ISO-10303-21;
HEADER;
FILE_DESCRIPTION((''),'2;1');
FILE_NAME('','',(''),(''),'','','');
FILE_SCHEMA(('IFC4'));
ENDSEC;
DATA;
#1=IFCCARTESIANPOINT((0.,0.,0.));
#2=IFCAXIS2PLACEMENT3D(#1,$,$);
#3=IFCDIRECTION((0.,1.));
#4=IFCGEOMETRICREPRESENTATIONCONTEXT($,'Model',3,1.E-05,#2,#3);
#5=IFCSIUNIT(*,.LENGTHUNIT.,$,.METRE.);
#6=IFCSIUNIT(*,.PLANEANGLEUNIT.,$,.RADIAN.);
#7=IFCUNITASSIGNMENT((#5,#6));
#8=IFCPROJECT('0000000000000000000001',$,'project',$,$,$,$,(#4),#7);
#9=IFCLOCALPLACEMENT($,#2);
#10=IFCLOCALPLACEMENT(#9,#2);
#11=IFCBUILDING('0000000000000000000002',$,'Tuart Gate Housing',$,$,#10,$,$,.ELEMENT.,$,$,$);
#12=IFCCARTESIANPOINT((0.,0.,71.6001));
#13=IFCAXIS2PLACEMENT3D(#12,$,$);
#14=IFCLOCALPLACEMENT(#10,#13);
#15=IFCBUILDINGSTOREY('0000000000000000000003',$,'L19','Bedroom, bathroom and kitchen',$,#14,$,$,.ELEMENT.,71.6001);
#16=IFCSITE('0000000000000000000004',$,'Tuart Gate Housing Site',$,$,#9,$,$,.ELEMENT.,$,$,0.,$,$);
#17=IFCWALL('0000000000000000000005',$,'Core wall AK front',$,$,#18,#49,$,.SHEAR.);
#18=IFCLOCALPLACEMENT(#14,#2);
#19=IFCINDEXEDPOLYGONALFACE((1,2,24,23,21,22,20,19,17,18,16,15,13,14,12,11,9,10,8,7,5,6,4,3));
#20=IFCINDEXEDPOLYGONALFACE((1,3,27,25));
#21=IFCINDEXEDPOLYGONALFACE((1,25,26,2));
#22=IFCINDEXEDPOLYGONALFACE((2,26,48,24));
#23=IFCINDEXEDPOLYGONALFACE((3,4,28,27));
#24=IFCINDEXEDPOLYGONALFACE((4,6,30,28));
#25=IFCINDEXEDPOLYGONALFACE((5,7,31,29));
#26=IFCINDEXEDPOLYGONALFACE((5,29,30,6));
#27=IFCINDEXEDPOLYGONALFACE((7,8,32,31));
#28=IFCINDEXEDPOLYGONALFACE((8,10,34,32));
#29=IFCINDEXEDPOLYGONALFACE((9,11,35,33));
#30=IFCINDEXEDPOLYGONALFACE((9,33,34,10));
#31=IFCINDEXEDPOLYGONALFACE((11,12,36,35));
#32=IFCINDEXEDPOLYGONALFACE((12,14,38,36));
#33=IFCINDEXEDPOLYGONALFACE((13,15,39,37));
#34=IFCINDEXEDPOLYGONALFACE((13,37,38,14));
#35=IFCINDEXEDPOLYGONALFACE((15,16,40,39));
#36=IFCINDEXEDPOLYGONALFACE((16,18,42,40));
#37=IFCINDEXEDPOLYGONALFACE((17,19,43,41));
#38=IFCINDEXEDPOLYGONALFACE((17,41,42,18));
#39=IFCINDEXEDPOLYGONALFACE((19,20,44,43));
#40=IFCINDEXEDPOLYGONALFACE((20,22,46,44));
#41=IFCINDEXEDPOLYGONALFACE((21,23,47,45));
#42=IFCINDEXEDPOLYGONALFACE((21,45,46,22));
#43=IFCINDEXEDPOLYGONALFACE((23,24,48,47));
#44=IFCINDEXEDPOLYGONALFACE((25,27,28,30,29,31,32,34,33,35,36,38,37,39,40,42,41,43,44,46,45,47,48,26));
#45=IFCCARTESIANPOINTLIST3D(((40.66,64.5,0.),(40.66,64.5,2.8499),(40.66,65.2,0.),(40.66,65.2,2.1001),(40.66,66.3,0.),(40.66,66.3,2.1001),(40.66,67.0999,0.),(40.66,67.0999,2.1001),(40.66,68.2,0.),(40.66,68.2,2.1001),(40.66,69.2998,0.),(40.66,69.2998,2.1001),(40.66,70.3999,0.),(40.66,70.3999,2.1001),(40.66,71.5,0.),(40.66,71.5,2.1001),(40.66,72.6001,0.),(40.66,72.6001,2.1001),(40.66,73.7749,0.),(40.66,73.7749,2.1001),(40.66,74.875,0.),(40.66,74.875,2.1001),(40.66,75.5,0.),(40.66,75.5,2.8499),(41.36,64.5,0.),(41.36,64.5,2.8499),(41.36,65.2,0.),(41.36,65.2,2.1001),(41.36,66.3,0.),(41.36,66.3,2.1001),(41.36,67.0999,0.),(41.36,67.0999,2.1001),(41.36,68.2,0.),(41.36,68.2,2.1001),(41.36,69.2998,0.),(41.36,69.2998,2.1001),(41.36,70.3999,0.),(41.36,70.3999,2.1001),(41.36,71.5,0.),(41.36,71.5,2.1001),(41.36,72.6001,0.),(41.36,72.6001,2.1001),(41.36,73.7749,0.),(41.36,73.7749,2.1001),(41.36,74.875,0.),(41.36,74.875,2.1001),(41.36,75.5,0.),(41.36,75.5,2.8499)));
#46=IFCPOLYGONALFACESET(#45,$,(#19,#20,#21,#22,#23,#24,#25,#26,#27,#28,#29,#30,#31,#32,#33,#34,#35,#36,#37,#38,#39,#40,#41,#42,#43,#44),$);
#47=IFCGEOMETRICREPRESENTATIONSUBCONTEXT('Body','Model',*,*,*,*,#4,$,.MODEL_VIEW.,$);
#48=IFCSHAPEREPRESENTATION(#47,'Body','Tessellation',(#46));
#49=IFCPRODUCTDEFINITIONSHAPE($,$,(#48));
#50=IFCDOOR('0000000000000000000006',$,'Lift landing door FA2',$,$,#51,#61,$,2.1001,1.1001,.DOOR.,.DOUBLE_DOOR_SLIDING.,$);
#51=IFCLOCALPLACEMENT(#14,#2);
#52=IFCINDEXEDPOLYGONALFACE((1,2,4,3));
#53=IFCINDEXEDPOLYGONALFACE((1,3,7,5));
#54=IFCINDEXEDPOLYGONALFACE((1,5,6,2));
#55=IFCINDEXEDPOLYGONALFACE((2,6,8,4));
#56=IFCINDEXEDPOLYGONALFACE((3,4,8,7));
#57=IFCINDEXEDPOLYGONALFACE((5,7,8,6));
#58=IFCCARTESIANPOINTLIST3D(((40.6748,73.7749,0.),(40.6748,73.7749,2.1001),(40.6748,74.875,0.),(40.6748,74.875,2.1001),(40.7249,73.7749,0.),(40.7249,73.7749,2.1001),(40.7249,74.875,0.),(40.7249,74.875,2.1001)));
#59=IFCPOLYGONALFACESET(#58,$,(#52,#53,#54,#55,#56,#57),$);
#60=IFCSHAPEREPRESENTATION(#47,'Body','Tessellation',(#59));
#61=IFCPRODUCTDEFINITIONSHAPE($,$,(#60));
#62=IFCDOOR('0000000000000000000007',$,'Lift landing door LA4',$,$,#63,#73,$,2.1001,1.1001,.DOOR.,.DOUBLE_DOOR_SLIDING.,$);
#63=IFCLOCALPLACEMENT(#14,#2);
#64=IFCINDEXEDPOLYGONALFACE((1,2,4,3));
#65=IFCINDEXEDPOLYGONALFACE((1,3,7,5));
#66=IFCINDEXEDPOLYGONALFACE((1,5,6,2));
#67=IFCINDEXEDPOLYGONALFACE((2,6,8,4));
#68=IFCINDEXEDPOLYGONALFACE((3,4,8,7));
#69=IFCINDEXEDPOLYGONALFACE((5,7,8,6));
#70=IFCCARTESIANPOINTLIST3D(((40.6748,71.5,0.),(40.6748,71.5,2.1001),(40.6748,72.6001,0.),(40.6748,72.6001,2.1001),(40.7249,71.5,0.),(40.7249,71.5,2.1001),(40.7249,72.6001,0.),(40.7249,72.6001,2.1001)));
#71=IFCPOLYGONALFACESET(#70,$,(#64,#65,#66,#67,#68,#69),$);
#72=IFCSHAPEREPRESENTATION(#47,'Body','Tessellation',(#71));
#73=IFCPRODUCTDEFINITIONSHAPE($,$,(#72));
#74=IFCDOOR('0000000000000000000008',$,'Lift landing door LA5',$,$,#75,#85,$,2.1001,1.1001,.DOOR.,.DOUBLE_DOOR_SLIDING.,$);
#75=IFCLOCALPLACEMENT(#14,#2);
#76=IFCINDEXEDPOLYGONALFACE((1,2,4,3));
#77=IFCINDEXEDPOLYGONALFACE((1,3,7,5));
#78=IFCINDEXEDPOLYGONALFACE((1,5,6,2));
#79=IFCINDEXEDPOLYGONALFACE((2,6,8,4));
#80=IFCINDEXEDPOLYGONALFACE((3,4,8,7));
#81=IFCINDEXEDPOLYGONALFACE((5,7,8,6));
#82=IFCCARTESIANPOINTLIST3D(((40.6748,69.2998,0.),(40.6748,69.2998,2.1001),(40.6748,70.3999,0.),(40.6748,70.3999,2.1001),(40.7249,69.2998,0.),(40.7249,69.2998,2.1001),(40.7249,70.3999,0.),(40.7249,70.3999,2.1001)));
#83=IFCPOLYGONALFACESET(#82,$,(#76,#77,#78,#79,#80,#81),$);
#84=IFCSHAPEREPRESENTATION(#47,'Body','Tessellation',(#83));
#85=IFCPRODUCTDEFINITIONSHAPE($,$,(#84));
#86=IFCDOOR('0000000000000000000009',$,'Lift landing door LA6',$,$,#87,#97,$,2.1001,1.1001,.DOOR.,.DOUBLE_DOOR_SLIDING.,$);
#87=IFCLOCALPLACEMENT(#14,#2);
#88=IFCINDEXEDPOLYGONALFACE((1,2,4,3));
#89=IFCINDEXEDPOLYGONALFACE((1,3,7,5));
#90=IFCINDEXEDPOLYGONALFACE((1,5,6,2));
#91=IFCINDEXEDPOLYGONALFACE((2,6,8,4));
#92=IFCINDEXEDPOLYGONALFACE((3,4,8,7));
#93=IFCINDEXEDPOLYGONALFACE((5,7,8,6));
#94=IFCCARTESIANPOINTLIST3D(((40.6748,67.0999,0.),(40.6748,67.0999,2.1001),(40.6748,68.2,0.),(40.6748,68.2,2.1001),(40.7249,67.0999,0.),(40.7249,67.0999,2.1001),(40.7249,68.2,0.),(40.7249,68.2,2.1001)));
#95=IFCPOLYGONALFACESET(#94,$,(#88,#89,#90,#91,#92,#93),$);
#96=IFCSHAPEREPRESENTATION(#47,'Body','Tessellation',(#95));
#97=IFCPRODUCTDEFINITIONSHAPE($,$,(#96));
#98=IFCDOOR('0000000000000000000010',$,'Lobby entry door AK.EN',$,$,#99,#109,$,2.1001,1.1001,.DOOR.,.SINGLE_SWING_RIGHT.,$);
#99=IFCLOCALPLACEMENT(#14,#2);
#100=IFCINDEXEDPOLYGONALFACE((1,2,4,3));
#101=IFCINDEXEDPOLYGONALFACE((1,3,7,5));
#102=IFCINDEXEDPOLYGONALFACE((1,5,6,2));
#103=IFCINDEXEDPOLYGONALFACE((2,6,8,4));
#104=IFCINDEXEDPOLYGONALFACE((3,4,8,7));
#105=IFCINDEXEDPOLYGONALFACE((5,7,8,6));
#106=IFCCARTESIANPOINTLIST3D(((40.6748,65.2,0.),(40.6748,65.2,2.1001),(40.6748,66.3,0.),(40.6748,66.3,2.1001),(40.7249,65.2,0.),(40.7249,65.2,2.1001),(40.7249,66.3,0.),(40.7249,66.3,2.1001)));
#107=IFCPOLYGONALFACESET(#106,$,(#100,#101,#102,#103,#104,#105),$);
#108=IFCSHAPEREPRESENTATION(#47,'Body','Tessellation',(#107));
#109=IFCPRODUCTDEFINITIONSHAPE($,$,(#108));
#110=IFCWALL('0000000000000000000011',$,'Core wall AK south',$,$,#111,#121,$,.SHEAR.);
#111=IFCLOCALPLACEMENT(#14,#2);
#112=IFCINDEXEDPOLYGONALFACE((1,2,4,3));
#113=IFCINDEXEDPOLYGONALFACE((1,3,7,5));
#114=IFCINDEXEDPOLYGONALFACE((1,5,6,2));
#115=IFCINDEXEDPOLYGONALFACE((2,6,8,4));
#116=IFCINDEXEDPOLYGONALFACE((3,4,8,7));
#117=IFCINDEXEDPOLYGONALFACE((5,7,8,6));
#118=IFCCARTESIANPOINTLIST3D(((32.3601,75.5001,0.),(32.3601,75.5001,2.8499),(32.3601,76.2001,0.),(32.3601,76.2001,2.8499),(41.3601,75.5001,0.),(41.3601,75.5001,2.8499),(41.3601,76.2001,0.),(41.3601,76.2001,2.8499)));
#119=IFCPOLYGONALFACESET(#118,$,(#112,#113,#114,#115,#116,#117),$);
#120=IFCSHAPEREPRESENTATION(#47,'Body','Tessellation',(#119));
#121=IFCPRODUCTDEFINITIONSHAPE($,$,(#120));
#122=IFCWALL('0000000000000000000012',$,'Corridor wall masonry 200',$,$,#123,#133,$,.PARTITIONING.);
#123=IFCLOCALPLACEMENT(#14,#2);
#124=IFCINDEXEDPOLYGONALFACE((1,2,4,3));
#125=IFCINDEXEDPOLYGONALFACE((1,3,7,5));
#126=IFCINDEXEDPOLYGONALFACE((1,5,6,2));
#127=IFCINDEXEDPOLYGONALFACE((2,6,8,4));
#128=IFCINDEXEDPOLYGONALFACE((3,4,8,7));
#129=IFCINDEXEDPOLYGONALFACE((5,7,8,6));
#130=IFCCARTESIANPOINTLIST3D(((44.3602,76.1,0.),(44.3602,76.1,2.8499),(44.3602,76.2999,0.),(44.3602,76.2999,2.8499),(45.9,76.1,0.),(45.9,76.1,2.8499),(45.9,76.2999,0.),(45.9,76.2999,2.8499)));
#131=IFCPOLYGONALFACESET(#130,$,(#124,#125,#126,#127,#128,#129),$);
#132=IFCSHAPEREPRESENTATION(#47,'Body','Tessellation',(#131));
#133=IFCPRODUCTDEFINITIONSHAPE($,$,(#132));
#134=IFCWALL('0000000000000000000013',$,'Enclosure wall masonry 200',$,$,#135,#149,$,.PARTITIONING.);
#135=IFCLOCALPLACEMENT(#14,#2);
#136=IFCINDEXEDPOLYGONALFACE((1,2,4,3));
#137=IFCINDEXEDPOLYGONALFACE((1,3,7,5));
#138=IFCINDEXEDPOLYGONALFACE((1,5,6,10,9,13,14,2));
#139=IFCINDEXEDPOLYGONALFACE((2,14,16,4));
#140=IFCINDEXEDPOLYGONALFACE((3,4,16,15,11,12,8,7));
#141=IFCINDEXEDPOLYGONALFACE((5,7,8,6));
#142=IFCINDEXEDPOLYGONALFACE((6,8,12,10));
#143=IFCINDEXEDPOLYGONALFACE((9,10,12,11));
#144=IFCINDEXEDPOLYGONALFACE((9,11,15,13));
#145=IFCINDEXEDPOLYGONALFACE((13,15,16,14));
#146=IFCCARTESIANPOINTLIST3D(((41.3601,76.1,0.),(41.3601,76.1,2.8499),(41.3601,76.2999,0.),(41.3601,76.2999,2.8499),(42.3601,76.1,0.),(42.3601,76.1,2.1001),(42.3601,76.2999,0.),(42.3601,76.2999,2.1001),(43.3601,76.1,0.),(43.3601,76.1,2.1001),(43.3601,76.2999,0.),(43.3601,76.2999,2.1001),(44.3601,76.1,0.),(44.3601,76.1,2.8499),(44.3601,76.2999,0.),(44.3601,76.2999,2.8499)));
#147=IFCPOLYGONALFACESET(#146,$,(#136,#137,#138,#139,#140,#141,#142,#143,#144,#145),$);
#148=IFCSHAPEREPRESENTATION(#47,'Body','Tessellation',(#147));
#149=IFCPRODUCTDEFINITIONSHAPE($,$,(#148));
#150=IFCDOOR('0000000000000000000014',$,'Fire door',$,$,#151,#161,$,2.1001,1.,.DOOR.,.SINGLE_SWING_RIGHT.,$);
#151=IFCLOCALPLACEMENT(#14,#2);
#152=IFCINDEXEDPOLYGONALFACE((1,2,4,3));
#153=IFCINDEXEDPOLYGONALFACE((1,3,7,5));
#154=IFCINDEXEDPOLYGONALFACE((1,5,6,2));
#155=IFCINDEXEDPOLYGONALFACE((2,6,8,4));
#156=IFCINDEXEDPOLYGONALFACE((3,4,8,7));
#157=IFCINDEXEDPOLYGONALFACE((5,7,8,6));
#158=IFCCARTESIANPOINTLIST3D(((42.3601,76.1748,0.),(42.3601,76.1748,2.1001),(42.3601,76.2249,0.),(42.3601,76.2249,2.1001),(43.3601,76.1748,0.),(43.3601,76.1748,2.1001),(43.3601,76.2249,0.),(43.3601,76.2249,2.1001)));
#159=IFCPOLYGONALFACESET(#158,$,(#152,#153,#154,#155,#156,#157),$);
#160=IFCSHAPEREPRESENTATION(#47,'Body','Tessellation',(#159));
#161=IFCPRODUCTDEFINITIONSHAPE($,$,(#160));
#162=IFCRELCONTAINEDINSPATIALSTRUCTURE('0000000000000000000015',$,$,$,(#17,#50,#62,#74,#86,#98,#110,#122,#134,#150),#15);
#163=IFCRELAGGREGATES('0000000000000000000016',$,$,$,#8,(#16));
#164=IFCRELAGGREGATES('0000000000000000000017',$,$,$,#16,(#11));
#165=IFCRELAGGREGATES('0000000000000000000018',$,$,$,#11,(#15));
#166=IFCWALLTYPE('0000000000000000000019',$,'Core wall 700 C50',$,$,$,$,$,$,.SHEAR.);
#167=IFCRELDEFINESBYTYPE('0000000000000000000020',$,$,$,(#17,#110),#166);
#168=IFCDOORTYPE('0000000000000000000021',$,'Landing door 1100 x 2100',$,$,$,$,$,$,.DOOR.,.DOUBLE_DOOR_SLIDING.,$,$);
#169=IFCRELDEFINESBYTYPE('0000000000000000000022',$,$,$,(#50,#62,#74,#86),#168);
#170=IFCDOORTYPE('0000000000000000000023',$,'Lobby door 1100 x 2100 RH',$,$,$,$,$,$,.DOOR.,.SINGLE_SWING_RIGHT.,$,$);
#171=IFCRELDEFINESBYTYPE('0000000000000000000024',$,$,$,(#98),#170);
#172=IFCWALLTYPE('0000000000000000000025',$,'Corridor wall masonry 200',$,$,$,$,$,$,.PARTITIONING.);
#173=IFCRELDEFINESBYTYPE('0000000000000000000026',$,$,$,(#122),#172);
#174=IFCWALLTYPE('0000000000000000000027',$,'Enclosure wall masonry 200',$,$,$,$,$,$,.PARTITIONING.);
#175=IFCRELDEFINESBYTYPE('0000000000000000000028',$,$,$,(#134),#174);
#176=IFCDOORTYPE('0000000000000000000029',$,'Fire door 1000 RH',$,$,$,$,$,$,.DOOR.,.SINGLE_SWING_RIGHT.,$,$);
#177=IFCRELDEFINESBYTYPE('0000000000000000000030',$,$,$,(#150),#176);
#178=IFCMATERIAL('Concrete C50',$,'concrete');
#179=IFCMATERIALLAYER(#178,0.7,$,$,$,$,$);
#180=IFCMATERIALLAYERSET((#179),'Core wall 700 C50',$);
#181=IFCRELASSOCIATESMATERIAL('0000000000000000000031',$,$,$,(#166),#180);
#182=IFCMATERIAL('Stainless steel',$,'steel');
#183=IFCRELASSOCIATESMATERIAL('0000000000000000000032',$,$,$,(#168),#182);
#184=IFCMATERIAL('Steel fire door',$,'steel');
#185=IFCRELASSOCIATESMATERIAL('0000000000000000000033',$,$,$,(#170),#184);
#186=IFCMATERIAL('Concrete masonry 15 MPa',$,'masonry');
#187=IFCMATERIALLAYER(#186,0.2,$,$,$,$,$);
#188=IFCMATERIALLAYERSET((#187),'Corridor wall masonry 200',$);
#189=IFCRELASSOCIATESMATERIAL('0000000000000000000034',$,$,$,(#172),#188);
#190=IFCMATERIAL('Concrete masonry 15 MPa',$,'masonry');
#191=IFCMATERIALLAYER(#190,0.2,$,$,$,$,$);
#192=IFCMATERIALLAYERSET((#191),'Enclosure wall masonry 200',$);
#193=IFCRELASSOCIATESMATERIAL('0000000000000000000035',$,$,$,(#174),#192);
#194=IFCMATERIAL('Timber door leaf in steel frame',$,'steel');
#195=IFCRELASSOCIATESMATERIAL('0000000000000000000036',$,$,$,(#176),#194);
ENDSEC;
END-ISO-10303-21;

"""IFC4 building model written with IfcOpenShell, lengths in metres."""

from ifc_helpers import new_model, si_unit, direction, frame, frame_2d, origin, place, context, subcontext, project, spatial, rectangle, extrude, material, layer, layer_set, type_object, element, fill, save


model = new_model("IFC4")

# Units and contexts
model_context = context("Model", 3, precision=1e-05, world=origin(), true_north=direction((0.0, 1.0)))
body_context = subcontext(model_context, "Body", "Model", "MODEL_VIEW")
ifc_project = project(units=[si_unit("LENGTHUNIT", "METRE"), si_unit("PLANEANGLEUNIT", "RADIAN")], contexts=[model_context])

# Site, building, storey
site_placement = place(None, origin())
site = spatial("IfcSite", under=ifc_project, at=site_placement, Name="Tuart Gate Housing Site", CompositionType="ELEMENT", RefElevation=0.0)
building_placement = place(site_placement, origin())
building = spatial("IfcBuilding", under=site, at=building_placement, Name="Tuart Gate Housing", CompositionType="ELEMENT")
storey_placement = place(building_placement, frame((0.0, 0.0, 71.6001)))
storey = spatial("IfcBuildingStorey", under=building, at=storey_placement, Name="L19", Description="Bedroom, bathroom and kitchen", CompositionType="ELEMENT", Elevation=71.6001)

# Wall, openings, doors
ifc_material_1 = material(Name="Concrete C50", Category="concrete")
ifc_layer_1 = layer(ifc_material_1, 0.7)
ifc_layer_set_1 = layer_set([ifc_layer_1], Name="Core wall 700 C50")
wall_type_1 = type_object("IfcWallType", Name="Core wall 700 C50", PredefinedType="SHEAR", material=ifc_layer_set_1)
wall_1_placement = place(storey_placement, frame((41.01, 75.5, 0.0), z_axis=(0.0, 0.0, 1.0), x_axis=(0.0, -1.0, 0.0)))
wall_1 = element("IfcWall", 1, at=wall_1_placement, inside=storey, type_object=wall_type_1, Name="Core wall AK front", PredefinedType="SHEAR", context=body_context, shape_type="SweptSolid", body=[
    extrude(rectangle(XDim=11.0, YDim=0.7, at=frame_2d((5.5, 0.0))), origin(), (0.0, 0.0, 1.0), 2.8499),
])
opening_1_placement = place(wall_1_placement, frame((0.625, 0.0, 0.0)))
opening_1 = element("IfcOpeningElement", 2, at=opening_1_placement, cuts=wall_1, PredefinedType="OPENING", context=body_context, shape_type="SweptSolid", body=[
    extrude(rectangle(XDim=1.1001, YDim=2.1001, at=frame_2d((0.55, 1.05))), frame((0.0, 0.3599, 0.0), z_axis=(0.0, -1.0, 0.0), x_axis=(1.0, 0.0, 0.0)), (0.0, 0.0, 1.0), 0.72),
])
opening_2_placement = place(wall_1_placement, frame((2.8999, 0.0, 0.0)))
opening_2 = element("IfcOpeningElement", 3, at=opening_2_placement, cuts=wall_1, PredefinedType="OPENING", context=body_context, shape_type="SweptSolid", body=[
    extrude(rectangle(XDim=1.1001, YDim=2.1001, at=frame_2d((0.55, 1.05))), frame((0.0, 0.3599, 0.0), z_axis=(0.0, -1.0, 0.0), x_axis=(1.0, 0.0, 0.0)), (0.0, 0.0, 1.0), 0.72),
])
opening_3_placement = place(wall_1_placement, frame((5.1001, 0.0, 0.0)))
opening_3 = element("IfcOpeningElement", 4, at=opening_3_placement, cuts=wall_1, PredefinedType="OPENING", context=body_context, shape_type="SweptSolid", body=[
    extrude(rectangle(XDim=1.1001, YDim=2.1001, at=frame_2d((0.55, 1.05))), frame((0.0, 0.3599, 0.0), z_axis=(0.0, -1.0, 0.0), x_axis=(1.0, 0.0, 0.0)), (0.0, 0.0, 1.0), 0.72),
])
opening_4_placement = place(wall_1_placement, frame((7.3, 0.0, 0.0)))
opening_4 = element("IfcOpeningElement", 5, at=opening_4_placement, cuts=wall_1, PredefinedType="OPENING", context=body_context, shape_type="SweptSolid", body=[
    extrude(rectangle(XDim=1.1001, YDim=2.1001, at=frame_2d((0.55, 1.05))), frame((0.0, 0.3599, 0.0), z_axis=(0.0, -1.0, 0.0), x_axis=(1.0, 0.0, 0.0)), (0.0, 0.0, 1.0), 0.72),
])
opening_5_placement = place(wall_1_placement, frame((9.2, 0.0, 0.0)))
opening_5 = element("IfcOpeningElement", 6, at=opening_5_placement, cuts=wall_1, PredefinedType="OPENING", context=body_context, shape_type="SweptSolid", body=[
    extrude(rectangle(XDim=1.1001, YDim=2.1001, at=frame_2d((0.55, 1.05))), frame((0.0, 0.3599, 0.0), z_axis=(0.0, -1.0, 0.0), x_axis=(1.0, 0.0, 0.0)), (0.0, 0.0, 1.0), 0.72),
])
ifc_material_2 = material(Name="Stainless steel", Category="steel")
door_type_1 = type_object("IfcDoorType", Name="Landing door 1100 x 2100", OperationType="DOUBLE_DOOR_SLIDING", PredefinedType="DOOR", material=ifc_material_2)
door_1_placement = place(opening_1_placement, origin())
door_1 = element("IfcDoor", 7, at=door_1_placement, inside=storey, type_object=door_type_1, Name="Lift landing door FA2", OperationType="DOUBLE_DOOR_SLIDING", OverallHeight=2.1001, OverallWidth=1.1001, PredefinedType="DOOR", context=body_context, shape_type="SweptSolid", body=[
    extrude(rectangle(XDim=1.1001, YDim=2.1001, at=frame_2d((0.55, 1.05))), frame((0.0, -0.2852, 0.0), z_axis=(0.0, -1.0, 0.0), x_axis=(1.0, 0.0, 0.0)), (0.0, 0.0, 1.0), 0.05),
])
fill(opening_1, door_1)
door_2_placement = place(opening_2_placement, origin())
door_2 = element("IfcDoor", 8, at=door_2_placement, inside=storey, type_object=door_type_1, Name="Lift landing door LA4", OperationType="DOUBLE_DOOR_SLIDING", OverallHeight=2.1001, OverallWidth=1.1001, PredefinedType="DOOR", context=body_context, shape_type="SweptSolid", body=[
    extrude(rectangle(XDim=1.1001, YDim=2.1001, at=frame_2d((0.55, 1.05))), frame((0.0, -0.2852, 0.0), z_axis=(0.0, -1.0, 0.0), x_axis=(1.0, 0.0, 0.0)), (0.0, 0.0, 1.0), 0.05),
])
fill(opening_2, door_2)
door_3_placement = place(opening_3_placement, origin())
door_3 = element("IfcDoor", 9, at=door_3_placement, inside=storey, type_object=door_type_1, Name="Lift landing door LA5", OperationType="DOUBLE_DOOR_SLIDING", OverallHeight=2.1001, OverallWidth=1.1001, PredefinedType="DOOR", context=body_context, shape_type="SweptSolid", body=[
    extrude(rectangle(XDim=1.1001, YDim=2.1001, at=frame_2d((0.55, 1.05))), frame((0.0, -0.2852, 0.0), z_axis=(0.0, -1.0, 0.0), x_axis=(1.0, 0.0, 0.0)), (0.0, 0.0, 1.0), 0.05),
])
fill(opening_3, door_3)
door_4_placement = place(opening_4_placement, origin())
door_4 = element("IfcDoor", 10, at=door_4_placement, inside=storey, type_object=door_type_1, Name="Lift landing door LA6", OperationType="DOUBLE_DOOR_SLIDING", OverallHeight=2.1001, OverallWidth=1.1001, PredefinedType="DOOR", context=body_context, shape_type="SweptSolid", body=[
    extrude(rectangle(XDim=1.1001, YDim=2.1001, at=frame_2d((0.55, 1.05))), frame((0.0, -0.2852, 0.0), z_axis=(0.0, -1.0, 0.0), x_axis=(1.0, 0.0, 0.0)), (0.0, 0.0, 1.0), 0.05),
])
fill(opening_4, door_4)
ifc_material_3 = material(Name="Steel fire door", Category="steel")
door_type_2 = type_object("IfcDoorType", Name="Lobby door 1100 x 2100 RH", OperationType="SINGLE_SWING_RIGHT", PredefinedType="DOOR", material=ifc_material_3)
door_5_placement = place(opening_5_placement, frame((1.1001, 0.0, 0.0), z_axis=(0.0, 0.0, 1.0), x_axis=(-1.0, 0.0, 0.0)))
door_5 = element("IfcDoor", 11, at=door_5_placement, inside=storey, type_object=door_type_2, Name="Lobby entry door AK.EN", OperationType="SINGLE_SWING_RIGHT", OverallHeight=2.1001, OverallWidth=1.1001, PredefinedType="DOOR", context=body_context, shape_type="SweptSolid", body=[
    extrude(rectangle(XDim=1.1001, YDim=2.1001, at=frame_2d((0.55, 1.05))), frame((0.0, 0.3352, 0.0), z_axis=(0.0, -1.0, 0.0), x_axis=(1.0, 0.0, 0.0)), (0.0, 0.0, 1.0), 0.05),
])
fill(opening_5, door_5)

# Walls
wall_2_placement = place(storey_placement, frame((41.3601, 75.8501, 0.0), z_axis=(0.0, 0.0, 1.0), x_axis=(-1.0, 0.0, 0.0)))
element("IfcWall", 12, at=wall_2_placement, inside=storey, type_object=wall_type_1, Name="Core wall AK south", PredefinedType="SHEAR", context=body_context, shape_type="SweptSolid", body=[
    extrude(rectangle(XDim=9.0, YDim=0.7, at=frame_2d((4.5, 0.0))), origin(), (0.0, 0.0, 1.0), 2.8499),
])
ifc_material_4 = material(Name="Concrete masonry 15 MPa", Category="masonry")
ifc_layer_2 = layer(ifc_material_4, 0.2)
ifc_layer_set_2 = layer_set([ifc_layer_2], Name="Corridor wall masonry 200")
wall_type_2 = type_object("IfcWallType", Name="Corridor wall masonry 200", PredefinedType="PARTITIONING", material=ifc_layer_set_2)
wall_3_placement = place(storey_placement, frame((44.3601, 76.2, 0.0), z_axis=(0.0, 0.0, 1.0), x_axis=(1.0, 0.0, 0.0)))
element("IfcWall", 13, at=wall_3_placement, inside=storey, type_object=wall_type_2, Name="Corridor wall masonry 200", PredefinedType="PARTITIONING", context=body_context, shape_type="SweptSolid", body=[
    extrude(rectangle(XDim=1.5398, YDim=0.2, at=frame_2d((0.77, 0.0))), origin(), (0.0, 0.0, 1.0), 2.8499),
])

# Wall, opening, door
ifc_material_5 = material(Name="Concrete masonry 15 MPa", Category="masonry")
ifc_layer_3 = layer(ifc_material_5, 0.2)
ifc_layer_set_3 = layer_set([ifc_layer_3], Name="Enclosure wall masonry 200")
wall_type_3 = type_object("IfcWallType", Name="Enclosure wall masonry 200", PredefinedType="PARTITIONING", material=ifc_layer_set_3)
wall_4_placement = place(storey_placement, frame((41.3601, 76.2, 0.0), z_axis=(0.0, 0.0, 1.0), x_axis=(1.0, 0.0, 0.0)))
wall_4 = element("IfcWall", 14, at=wall_4_placement, inside=storey, type_object=wall_type_3, Name="Enclosure wall masonry 200", PredefinedType="PARTITIONING", context=body_context, shape_type="SweptSolid", body=[
    extrude(rectangle(XDim=3.0, YDim=0.2, at=frame_2d((1.5, 0.0))), origin(), (0.0, 0.0, 1.0), 2.8499),
])
opening_6_placement = place(wall_4_placement, frame((1.0, 0.0, 0.0)))
opening_6 = element("IfcOpeningElement", 15, at=opening_6_placement, cuts=wall_4, PredefinedType="OPENING", context=body_context, shape_type="SweptSolid", body=[
    extrude(rectangle(XDim=1.0, YDim=2.1001, at=frame_2d((0.5, 1.05))), frame((0.0, 0.1099, 0.0), z_axis=(0.0, -1.0, 0.0), x_axis=(1.0, 0.0, 0.0)), (0.0, 0.0, 1.0), 0.22),
])
ifc_material_6 = material(Name="Timber door leaf in steel frame", Category="steel")
door_type_3 = type_object("IfcDoorType", Name="Fire door 1000 RH", OperationType="SINGLE_SWING_RIGHT", PredefinedType="DOOR", material=ifc_material_6)
door_6_placement = place(opening_6_placement, origin())
door_6 = element("IfcDoor", 16, at=door_6_placement, inside=storey, type_object=door_type_3, Name="Fire door", OperationType="SINGLE_SWING_RIGHT", OverallHeight=2.1001, OverallWidth=1.0, PredefinedType="DOOR", context=body_context, shape_type="SweptSolid", body=[
    extrude(rectangle(XDim=1.0, YDim=2.1001, at=frame_2d((0.5, 1.05))), frame((0.0, 0.0249, 0.0), z_axis=(0.0, -1.0, 0.0), x_axis=(1.0, 0.0, 0.0)), (0.0, 0.0, 1.0), 0.05),
])
fill(opening_6, door_6)

save(model, "model.ifc")
